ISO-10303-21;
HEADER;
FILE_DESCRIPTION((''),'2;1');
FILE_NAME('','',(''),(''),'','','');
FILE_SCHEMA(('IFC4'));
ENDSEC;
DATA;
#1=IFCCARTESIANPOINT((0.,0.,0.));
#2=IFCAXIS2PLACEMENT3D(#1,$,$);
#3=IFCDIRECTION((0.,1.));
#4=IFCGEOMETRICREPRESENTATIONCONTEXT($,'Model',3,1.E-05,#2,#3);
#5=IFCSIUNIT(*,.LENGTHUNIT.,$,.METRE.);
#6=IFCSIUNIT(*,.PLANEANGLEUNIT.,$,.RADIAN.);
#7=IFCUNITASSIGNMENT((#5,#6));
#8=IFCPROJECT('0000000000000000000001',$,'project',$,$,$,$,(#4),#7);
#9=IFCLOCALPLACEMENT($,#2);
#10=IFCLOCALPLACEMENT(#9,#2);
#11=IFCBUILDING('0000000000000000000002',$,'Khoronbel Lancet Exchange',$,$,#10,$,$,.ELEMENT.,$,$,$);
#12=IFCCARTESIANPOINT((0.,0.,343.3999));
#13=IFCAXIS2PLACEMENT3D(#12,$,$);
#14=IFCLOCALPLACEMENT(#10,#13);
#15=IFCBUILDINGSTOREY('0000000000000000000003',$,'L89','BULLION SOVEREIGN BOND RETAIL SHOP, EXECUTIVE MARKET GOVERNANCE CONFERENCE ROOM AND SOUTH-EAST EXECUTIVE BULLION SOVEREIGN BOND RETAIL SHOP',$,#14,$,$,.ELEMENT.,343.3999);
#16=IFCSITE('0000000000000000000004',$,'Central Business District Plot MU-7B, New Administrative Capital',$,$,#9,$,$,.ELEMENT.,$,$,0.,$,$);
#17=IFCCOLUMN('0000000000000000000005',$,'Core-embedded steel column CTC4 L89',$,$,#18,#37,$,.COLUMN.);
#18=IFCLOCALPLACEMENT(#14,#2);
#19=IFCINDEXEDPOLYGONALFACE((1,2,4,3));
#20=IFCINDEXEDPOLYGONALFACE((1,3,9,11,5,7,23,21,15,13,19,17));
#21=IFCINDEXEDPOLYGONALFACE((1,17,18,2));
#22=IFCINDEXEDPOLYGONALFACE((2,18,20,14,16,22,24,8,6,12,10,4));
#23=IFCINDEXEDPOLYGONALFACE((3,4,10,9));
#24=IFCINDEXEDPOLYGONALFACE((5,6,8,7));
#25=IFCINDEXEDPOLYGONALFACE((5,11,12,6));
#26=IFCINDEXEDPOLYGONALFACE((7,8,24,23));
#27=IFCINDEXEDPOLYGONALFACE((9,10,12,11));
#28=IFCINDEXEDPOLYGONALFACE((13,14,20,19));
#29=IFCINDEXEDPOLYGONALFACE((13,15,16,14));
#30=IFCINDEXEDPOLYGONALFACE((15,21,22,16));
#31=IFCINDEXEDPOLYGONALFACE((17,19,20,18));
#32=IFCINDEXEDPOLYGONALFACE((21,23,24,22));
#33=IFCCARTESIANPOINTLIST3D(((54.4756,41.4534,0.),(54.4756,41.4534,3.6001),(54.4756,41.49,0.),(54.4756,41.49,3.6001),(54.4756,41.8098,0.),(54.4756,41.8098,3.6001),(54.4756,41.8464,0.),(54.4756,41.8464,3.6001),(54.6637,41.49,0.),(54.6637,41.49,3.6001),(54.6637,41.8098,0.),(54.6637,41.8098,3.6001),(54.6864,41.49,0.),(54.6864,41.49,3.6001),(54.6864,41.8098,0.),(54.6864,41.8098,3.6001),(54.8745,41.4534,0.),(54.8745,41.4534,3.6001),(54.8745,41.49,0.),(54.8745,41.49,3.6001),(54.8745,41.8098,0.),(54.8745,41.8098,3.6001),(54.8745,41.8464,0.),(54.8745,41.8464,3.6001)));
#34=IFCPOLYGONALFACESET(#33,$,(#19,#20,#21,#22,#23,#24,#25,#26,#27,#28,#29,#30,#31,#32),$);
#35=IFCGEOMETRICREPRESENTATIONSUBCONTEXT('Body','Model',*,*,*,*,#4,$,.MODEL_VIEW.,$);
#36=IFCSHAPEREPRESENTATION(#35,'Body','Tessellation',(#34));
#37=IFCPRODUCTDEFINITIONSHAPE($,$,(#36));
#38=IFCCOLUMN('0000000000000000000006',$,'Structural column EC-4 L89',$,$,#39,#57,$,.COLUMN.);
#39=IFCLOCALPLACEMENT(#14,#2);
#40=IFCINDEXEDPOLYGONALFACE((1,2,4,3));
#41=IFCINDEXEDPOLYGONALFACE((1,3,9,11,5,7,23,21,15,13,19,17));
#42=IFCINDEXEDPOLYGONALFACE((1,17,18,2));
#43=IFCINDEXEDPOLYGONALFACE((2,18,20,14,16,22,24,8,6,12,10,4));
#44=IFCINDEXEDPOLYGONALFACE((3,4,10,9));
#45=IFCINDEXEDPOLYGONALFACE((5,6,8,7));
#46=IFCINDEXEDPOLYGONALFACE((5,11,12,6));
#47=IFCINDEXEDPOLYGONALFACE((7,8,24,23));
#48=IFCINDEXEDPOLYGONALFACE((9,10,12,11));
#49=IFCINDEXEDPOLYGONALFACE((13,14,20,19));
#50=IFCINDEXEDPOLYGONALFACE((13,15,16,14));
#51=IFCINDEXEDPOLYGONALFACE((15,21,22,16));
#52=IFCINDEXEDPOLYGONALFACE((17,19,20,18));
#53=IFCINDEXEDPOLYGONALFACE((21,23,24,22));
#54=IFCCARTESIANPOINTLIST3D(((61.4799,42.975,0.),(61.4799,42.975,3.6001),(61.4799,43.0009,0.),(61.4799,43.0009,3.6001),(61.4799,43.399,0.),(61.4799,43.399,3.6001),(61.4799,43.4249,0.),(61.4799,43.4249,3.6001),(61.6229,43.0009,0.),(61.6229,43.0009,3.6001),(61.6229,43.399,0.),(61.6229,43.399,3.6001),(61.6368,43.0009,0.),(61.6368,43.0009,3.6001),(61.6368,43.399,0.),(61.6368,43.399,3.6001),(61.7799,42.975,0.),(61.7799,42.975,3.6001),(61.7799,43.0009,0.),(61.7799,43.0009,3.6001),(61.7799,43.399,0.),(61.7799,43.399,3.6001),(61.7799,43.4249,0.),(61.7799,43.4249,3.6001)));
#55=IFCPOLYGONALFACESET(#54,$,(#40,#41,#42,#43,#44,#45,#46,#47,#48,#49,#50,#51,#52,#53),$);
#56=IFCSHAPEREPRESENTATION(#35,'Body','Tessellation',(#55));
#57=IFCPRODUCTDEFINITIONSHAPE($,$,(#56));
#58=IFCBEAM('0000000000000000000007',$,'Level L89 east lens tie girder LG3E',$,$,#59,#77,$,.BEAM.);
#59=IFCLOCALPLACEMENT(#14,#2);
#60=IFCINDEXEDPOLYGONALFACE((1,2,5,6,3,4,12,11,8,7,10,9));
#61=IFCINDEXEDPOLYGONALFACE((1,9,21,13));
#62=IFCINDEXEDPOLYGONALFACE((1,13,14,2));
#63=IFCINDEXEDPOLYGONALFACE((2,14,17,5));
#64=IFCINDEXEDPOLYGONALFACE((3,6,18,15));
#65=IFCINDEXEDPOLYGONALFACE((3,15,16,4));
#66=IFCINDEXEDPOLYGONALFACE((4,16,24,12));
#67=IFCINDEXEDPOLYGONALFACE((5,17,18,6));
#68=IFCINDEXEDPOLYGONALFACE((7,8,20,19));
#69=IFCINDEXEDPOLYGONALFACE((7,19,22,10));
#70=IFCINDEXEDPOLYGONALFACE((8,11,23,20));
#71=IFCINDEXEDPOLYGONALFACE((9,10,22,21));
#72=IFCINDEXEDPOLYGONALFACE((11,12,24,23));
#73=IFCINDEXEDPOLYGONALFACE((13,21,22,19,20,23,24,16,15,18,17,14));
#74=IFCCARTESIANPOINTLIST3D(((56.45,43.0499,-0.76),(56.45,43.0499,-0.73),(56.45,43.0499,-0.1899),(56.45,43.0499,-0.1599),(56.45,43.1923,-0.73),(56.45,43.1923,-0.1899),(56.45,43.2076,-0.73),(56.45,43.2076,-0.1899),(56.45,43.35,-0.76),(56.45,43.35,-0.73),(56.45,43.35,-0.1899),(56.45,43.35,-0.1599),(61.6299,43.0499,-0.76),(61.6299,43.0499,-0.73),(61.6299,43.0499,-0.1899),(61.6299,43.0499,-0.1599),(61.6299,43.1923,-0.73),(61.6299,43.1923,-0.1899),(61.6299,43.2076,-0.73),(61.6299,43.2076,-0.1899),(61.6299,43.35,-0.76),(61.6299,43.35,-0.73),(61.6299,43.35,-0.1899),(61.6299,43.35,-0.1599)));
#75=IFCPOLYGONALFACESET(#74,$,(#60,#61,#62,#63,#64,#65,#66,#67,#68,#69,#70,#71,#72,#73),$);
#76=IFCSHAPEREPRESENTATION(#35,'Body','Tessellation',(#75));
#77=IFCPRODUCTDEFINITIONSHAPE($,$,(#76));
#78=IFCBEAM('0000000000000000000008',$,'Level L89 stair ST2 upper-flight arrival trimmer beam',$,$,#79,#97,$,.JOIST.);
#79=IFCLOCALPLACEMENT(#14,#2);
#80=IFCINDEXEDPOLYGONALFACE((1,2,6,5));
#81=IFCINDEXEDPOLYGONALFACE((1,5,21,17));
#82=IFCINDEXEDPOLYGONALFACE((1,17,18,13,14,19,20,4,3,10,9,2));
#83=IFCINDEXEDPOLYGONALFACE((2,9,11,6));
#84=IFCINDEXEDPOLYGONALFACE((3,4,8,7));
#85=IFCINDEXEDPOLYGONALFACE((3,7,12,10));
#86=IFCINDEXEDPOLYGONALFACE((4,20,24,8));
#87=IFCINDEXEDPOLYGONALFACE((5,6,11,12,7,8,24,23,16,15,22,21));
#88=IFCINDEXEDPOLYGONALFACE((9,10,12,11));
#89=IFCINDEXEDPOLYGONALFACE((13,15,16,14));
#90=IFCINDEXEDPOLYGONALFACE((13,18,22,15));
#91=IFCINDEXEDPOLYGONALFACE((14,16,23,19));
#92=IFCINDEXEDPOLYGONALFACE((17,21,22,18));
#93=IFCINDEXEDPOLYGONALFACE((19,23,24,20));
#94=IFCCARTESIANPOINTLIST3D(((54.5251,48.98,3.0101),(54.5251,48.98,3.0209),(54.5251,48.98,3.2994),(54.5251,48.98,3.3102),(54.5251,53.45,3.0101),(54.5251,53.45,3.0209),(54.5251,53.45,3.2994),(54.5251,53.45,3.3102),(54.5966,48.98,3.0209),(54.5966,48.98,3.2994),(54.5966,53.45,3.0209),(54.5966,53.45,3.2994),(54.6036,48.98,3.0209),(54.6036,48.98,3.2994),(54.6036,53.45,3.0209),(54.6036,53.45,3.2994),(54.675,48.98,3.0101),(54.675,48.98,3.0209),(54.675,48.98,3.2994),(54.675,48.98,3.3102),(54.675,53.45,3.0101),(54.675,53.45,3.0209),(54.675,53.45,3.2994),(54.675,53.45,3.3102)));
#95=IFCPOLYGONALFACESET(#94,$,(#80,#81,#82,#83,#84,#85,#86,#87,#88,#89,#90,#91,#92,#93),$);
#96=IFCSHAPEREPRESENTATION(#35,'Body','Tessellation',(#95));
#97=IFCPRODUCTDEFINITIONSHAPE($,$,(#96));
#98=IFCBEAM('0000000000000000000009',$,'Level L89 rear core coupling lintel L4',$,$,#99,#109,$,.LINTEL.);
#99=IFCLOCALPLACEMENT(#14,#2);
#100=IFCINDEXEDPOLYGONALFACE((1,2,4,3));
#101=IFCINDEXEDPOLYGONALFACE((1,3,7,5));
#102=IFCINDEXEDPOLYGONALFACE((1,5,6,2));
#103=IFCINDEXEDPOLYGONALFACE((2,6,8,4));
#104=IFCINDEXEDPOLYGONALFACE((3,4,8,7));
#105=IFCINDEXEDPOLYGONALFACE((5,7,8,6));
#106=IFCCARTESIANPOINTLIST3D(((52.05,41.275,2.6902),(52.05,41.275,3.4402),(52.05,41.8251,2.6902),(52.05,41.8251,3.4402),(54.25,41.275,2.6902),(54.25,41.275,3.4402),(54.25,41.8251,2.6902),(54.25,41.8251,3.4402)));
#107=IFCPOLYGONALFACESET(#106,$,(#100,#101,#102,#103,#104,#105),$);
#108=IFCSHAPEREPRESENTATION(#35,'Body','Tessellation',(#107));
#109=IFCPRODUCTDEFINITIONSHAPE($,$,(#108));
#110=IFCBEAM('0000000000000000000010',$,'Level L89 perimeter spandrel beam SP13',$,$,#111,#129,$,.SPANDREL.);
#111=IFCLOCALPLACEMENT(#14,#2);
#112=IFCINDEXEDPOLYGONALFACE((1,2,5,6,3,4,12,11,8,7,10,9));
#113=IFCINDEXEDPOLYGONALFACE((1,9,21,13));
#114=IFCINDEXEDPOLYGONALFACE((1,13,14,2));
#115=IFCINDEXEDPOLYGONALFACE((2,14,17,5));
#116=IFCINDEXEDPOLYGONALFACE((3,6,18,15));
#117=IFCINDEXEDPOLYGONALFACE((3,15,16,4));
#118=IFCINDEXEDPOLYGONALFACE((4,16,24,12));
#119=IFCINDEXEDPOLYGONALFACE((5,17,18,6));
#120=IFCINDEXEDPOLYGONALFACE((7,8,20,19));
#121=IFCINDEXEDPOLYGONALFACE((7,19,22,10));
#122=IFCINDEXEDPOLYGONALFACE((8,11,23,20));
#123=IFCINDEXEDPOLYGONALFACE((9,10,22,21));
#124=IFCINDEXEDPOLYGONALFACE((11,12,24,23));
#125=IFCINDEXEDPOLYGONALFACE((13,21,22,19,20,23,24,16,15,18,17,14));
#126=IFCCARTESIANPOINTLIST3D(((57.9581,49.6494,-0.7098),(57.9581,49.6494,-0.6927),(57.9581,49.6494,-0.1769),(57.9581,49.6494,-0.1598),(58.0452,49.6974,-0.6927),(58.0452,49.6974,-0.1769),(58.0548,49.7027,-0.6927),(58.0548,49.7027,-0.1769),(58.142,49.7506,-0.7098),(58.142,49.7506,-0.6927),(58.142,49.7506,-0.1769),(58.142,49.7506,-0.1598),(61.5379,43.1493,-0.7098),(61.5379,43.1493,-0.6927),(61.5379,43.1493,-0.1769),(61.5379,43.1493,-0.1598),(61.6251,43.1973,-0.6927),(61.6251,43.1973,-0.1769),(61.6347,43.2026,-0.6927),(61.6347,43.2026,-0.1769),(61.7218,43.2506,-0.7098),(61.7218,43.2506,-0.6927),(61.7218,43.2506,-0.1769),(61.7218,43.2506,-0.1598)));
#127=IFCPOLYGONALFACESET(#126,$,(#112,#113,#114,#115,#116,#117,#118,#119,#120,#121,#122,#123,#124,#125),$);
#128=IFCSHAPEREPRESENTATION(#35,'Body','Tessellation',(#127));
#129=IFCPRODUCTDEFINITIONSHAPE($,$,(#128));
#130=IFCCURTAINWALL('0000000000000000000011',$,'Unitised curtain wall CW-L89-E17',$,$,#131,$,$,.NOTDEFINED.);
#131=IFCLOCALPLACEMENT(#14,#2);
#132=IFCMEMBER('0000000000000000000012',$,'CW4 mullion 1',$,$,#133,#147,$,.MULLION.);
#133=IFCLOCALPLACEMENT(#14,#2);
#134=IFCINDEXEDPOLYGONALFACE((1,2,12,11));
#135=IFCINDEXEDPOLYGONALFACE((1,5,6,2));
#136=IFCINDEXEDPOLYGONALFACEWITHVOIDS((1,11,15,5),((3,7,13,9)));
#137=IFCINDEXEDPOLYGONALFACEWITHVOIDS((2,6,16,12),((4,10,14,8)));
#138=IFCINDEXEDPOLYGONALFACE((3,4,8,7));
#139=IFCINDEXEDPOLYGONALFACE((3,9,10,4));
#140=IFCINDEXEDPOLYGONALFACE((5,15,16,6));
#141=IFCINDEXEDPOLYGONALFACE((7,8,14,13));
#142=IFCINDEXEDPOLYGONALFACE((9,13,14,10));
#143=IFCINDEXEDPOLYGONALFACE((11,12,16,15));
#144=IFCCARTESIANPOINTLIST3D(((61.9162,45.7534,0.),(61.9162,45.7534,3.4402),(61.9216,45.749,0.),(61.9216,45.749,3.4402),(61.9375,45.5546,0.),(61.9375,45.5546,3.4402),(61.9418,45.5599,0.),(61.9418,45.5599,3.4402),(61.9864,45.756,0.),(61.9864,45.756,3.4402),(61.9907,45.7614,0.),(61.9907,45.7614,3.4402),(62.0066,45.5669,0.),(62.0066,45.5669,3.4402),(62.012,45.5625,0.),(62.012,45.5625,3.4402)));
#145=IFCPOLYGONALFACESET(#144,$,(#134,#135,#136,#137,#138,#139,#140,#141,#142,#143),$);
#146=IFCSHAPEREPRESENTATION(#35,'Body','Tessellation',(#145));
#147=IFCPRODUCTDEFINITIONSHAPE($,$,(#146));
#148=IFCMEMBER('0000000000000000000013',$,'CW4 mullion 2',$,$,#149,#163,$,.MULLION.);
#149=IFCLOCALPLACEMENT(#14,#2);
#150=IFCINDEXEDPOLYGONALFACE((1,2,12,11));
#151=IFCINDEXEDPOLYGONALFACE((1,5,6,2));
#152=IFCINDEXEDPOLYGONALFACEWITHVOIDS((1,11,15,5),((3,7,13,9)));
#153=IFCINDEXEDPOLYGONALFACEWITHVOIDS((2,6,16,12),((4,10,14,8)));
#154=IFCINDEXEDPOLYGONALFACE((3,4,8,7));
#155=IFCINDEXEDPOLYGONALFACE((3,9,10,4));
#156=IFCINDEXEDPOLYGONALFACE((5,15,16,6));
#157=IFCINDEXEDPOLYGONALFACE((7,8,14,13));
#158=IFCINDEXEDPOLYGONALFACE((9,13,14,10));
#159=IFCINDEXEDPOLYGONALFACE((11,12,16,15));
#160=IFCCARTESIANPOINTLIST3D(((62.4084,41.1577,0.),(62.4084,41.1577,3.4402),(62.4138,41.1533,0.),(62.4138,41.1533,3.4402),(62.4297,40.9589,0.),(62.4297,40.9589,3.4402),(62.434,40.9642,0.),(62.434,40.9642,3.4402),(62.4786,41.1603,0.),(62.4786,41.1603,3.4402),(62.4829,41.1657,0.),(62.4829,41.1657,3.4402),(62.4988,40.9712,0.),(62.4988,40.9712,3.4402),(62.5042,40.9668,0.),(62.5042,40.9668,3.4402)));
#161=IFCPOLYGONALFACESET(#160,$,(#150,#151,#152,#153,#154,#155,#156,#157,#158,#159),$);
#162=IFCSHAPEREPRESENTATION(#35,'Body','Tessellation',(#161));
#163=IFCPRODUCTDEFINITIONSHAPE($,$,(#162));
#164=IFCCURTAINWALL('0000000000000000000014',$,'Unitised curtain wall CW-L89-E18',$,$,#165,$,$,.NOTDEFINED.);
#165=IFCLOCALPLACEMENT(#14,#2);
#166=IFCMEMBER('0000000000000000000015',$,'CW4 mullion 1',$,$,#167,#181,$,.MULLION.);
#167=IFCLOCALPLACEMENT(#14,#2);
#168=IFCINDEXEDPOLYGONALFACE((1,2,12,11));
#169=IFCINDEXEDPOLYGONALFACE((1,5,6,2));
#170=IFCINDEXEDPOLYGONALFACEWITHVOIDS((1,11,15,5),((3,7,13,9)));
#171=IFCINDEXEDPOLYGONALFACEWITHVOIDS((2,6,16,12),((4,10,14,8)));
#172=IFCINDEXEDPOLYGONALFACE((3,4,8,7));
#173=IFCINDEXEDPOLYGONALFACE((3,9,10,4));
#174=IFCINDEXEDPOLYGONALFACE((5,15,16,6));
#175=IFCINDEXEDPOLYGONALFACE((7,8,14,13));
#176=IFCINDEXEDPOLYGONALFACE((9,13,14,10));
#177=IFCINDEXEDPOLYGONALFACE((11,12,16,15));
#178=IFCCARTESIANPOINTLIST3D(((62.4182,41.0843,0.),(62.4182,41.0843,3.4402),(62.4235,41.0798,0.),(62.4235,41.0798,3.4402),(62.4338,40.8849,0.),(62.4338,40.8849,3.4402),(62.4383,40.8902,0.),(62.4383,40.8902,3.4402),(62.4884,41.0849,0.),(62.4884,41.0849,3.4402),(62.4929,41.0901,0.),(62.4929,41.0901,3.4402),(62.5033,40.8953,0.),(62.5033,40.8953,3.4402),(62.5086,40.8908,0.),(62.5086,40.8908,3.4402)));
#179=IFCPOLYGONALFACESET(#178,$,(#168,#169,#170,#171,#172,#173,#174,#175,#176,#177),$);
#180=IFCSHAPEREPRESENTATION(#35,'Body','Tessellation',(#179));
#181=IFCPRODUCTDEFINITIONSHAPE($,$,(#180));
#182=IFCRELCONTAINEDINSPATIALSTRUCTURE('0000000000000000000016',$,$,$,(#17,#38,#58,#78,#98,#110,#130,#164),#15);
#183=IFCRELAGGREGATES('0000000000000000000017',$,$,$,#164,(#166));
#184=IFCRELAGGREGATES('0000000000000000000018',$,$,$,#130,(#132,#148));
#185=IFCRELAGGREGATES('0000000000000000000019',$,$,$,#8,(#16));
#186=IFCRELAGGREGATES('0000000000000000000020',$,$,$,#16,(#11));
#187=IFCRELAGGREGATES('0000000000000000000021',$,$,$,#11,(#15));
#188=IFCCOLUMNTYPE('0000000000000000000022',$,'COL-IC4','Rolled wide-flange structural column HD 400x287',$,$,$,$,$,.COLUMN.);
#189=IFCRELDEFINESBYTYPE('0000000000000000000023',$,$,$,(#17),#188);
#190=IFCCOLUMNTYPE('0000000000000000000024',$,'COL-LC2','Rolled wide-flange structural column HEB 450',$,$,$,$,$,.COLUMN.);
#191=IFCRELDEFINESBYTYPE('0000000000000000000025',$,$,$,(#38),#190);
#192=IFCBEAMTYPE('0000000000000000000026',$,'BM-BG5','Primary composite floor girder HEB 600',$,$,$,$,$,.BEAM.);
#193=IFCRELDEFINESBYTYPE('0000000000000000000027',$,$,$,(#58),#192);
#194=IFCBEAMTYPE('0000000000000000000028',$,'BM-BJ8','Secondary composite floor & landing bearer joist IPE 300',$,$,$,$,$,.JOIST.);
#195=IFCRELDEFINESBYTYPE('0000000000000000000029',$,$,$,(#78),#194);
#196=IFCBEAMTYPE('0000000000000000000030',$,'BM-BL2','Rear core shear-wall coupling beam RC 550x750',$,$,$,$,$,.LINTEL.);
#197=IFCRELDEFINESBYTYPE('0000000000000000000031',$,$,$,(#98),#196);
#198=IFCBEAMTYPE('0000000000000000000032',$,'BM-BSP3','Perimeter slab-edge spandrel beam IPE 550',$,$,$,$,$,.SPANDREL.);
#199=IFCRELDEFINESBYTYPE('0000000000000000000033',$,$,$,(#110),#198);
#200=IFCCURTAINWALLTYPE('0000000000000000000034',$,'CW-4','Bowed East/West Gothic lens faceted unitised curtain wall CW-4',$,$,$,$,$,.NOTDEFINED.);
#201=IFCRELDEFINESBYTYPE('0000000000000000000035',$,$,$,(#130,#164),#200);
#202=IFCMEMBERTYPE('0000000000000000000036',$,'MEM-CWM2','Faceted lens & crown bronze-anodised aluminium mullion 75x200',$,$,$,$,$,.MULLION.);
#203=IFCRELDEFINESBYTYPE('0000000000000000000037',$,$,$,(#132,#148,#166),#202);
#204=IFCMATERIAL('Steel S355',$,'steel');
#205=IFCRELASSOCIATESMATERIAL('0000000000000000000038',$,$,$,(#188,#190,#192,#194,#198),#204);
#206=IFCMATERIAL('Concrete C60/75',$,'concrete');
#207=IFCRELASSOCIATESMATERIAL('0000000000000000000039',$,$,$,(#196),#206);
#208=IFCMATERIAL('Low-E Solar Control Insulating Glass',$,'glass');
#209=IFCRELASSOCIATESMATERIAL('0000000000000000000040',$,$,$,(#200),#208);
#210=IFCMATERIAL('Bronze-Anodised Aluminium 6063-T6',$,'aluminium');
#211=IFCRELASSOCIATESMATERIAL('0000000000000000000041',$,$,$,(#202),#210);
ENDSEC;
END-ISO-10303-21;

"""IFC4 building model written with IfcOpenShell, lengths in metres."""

from ifc_helpers import new_model, si_unit, direction, frame, origin, origin_2d, place, context, subcontext, project, spatial, rectangle, hollow_rectangle, i_section, extrude, material, material_profile, profile_set, type_object, element, aggregate, save


model = new_model("IFC4")

# Units and contexts
model_context = context("Model", 3, precision=1e-05, world=origin(), true_north=direction((0.0, 1.0)))
body_context = subcontext(model_context, "Body", "Model", "MODEL_VIEW")
ifc_project = project(units=[si_unit("LENGTHUNIT", "METRE"), si_unit("PLANEANGLEUNIT", "RADIAN")], contexts=[model_context])

# Site, building, storey
site_placement = place(None, origin())
site = spatial("IfcSite", under=ifc_project, at=site_placement, Name="Central Business District Plot MU-7B, New Administrative Capital", CompositionType="ELEMENT", RefElevation=0.0)
building_placement = place(site_placement, origin())
building = spatial("IfcBuilding", under=site, at=building_placement, Name="Khoronbel Lancet Exchange", CompositionType="ELEMENT")
storey_placement = place(building_placement, frame((0.0, 0.0, 343.3999)))
storey = spatial("IfcBuildingStorey", under=building, at=storey_placement, Name="L89", Description="BULLION SOVEREIGN BOND RETAIL SHOP, EXECUTIVE MARKET GOVERNANCE CONFERENCE ROOM AND SOUTH-EAST EXECUTIVE BULLION SOVEREIGN BOND RETAIL SHOP", CompositionType="ELEMENT", Elevation=343.3999)

# Columns
ifc_material_1 = material(Name="Steel S355", Category="steel")
ifc_material_profile_1 = material_profile(ifc_material_1, i_section(OverallWidth=0.3989, OverallDepth=0.3931, WebThickness=0.0227, FlangeThickness=0.0366, at=origin_2d()), Name="HD 400x287")
ifc_profile_set_1 = profile_set([ifc_material_profile_1], Name="Steel S355")
column_type_1 = type_object("IfcColumnType", Name="COL-IC4", Description="Rolled wide-flange structural column HD 400x287", PredefinedType="COLUMN", material=ifc_profile_set_1)
column_1_placement = place(storey_placement, frame((54.675, 41.6499, 0.0), z_axis=(0.0, 0.0, 1.0), x_axis=(1.0, 0.0, 0.0)))
element("IfcColumn", 1, at=column_1_placement, inside=storey, type_object=column_type_1, Name="Core-embedded steel column CTC4 L89", PredefinedType="COLUMN", context=body_context, shape_type="SweptSolid", body=[
    extrude(i_section(OverallWidth=0.3989, OverallDepth=0.3931, WebThickness=0.0227, FlangeThickness=0.0366, at=origin_2d()), origin(), (0.0, 0.0, 1.0), 3.6001),
])
ifc_material_profile_2 = material_profile(ifc_material_1, i_section(OverallWidth=0.3, OverallDepth=0.45, WebThickness=0.0139, FlangeThickness=0.0259, at=origin_2d()), Name="HEB 450")
ifc_profile_set_2 = profile_set([ifc_material_profile_2], Name="Steel S355")
column_type_2 = type_object("IfcColumnType", Name="COL-LC2", Description="Rolled wide-flange structural column HEB 450", PredefinedType="COLUMN", material=ifc_profile_set_2)
column_2_placement = place(storey_placement, frame((61.6299, 43.2, 0.0), z_axis=(0.0, 0.0, 1.0), x_axis=(1.0, 0.0, 0.0)))
element("IfcColumn", 2, at=column_2_placement, inside=storey, type_object=column_type_2, Name="Structural column EC-4 L89", PredefinedType="COLUMN", context=body_context, shape_type="SweptSolid", body=[
    extrude(i_section(OverallWidth=0.3, OverallDepth=0.45, WebThickness=0.0139, FlangeThickness=0.0259, at=origin_2d()), origin(), (0.0, 0.0, 1.0), 3.6001),
])

# Beams
ifc_material_profile_3 = material_profile(ifc_material_1, i_section(OverallWidth=0.3, OverallDepth=0.6001, WebThickness=0.0154, FlangeThickness=0.03, at=origin_2d()), Name="HEB 600")
ifc_profile_set_3 = profile_set([ifc_material_profile_3], Name="Steel S355")
beam_type_1 = type_object("IfcBeamType", Name="BM-BG5", Description="Primary composite floor girder HEB 600", PredefinedType="BEAM", material=ifc_profile_set_3)
beam_1_placement = place(storey_placement, frame((56.45, 43.2, -0.46), z_axis=(1.0, 0.0, 0.0), x_axis=(0.0, 1.0, 0.0)))
element("IfcBeam", 3, at=beam_1_placement, inside=storey, type_object=beam_type_1, Name="Level L89 east lens tie girder LG3E", PredefinedType="BEAM", context=body_context, shape_type="SweptSolid", body=[
    extrude(i_section(OverallWidth=0.3, OverallDepth=0.6001, WebThickness=0.0154, FlangeThickness=0.03, at=origin_2d()), origin(), (0.0, 0.0, 1.0), 5.1799),
])
ifc_material_profile_4 = material_profile(ifc_material_1, i_section(OverallWidth=0.1499, OverallDepth=0.3, WebThickness=0.0071, FlangeThickness=0.0107, at=origin_2d()), Name="IPE 300")
ifc_profile_set_4 = profile_set([ifc_material_profile_4], Name="Steel S355")
beam_type_2 = type_object("IfcBeamType", Name="BM-BJ8", Description="Secondary composite floor & landing bearer joist IPE 300", PredefinedType="JOIST", material=ifc_profile_set_4)
beam_2_placement = place(storey_placement, frame((54.6001, 48.98, 3.1602), z_axis=(0.0, 1.0, 0.0), x_axis=(-1.0, 0.0, 0.0)))
element("IfcBeam", 4, at=beam_2_placement, inside=storey, type_object=beam_type_2, Name="Level L89 stair ST2 upper-flight arrival trimmer beam", PredefinedType="JOIST", context=body_context, shape_type="SweptSolid", body=[
    extrude(i_section(OverallWidth=0.1499, OverallDepth=0.3, WebThickness=0.0071, FlangeThickness=0.0107, at=origin_2d()), origin(), (0.0, 0.0, 1.0), 4.47),
])
ifc_material_2 = material(Name="Concrete C60/75", Category="concrete")
ifc_material_profile_5 = material_profile(ifc_material_2, rectangle(XDim=0.55, YDim=0.75, at=origin_2d()), Name="RC 550x750")
ifc_profile_set_5 = profile_set([ifc_material_profile_5], Name="Concrete C60/75")
beam_type_3 = type_object("IfcBeamType", Name="BM-BL2", Description="Rear core shear-wall coupling beam RC 550x750", PredefinedType="LINTEL", material=ifc_profile_set_5)
beam_3_placement = place(storey_placement, frame((52.05, 41.55, 3.0652), z_axis=(1.0, 0.0, 0.0), x_axis=(0.0, 1.0, 0.0)))
element("IfcBeam", 5, at=beam_3_placement, inside=storey, type_object=beam_type_3, Name="Level L89 rear core coupling lintel L4", PredefinedType="LINTEL", context=body_context, shape_type="SweptSolid", body=[
    extrude(rectangle(XDim=0.55, YDim=0.75, at=origin_2d()), origin(), (0.0, 0.0, 1.0), 2.2),
])
ifc_material_profile_6 = material_profile(ifc_material_1, i_section(OverallWidth=0.21, OverallDepth=0.55, WebThickness=0.011, FlangeThickness=0.0171, at=origin_2d()), Name="IPE 550")
ifc_profile_set_6 = profile_set([ifc_material_profile_6], Name="Steel S355")
beam_type_4 = type_object("IfcBeamType", Name="BM-BSP3", Description="Perimeter slab-edge spandrel beam IPE 550", PredefinedType="SPANDREL", material=ifc_profile_set_6)
beam_4_placement = place(storey_placement, frame((61.6299, 43.2, -0.4348), z_axis=(-0.482419, 0.875941, 0.0), x_axis=(-0.875941, -0.482419, 0.0)))
element("IfcBeam", 6, at=beam_4_placement, inside=storey, type_object=beam_type_4, Name="Level L89 perimeter spandrel beam SP13", PredefinedType="SPANDREL", context=body_context, shape_type="SweptSolid", body=[
    extrude(i_section(OverallWidth=0.21, OverallDepth=0.55, WebThickness=0.011, FlangeThickness=0.0171, at=origin_2d()), origin(), (0.0, 0.0, 1.0), 7.4207),
])

# Curtain wall, members
ifc_material_3 = material(Name="Low-E Solar Control Insulating Glass", Category="glass")
curtain_wall_type = type_object("IfcCurtainWallType", Name="CW-4", Description="Bowed East/West Gothic lens faceted unitised curtain wall CW-4", PredefinedType="NOTDEFINED", material=ifc_material_3)
curtain_wall_1_placement = place(storey_placement, origin())
curtain_wall_1 = element("IfcCurtainWall", 7, at=curtain_wall_1_placement, inside=storey, type_object=curtain_wall_type, Name="Unitised curtain wall CW-L89-E17", PredefinedType="NOTDEFINED")
ifc_material_4 = material(Name="Bronze-Anodised Aluminium 6063-T6", Category="aluminium")
ifc_material_profile_7 = material_profile(ifc_material_4, hollow_rectangle(XDim=0.075, YDim=0.2, WallThickness=0.0049, at=origin_2d()), Name="ALU MULLION 75x200")
ifc_profile_set_7 = profile_set([ifc_material_profile_7], Name="Bronze-Anodised Aluminium 6063-T6")
member_type_1 = type_object("IfcMemberType", Name="MEM-CWM2", Description="Faceted lens & crown bronze-anodised aluminium mullion 75x200", PredefinedType="MULLION", material=ifc_profile_set_7)
member_1_placement = place(storey_placement, frame((61.9641, 45.658, 0.0), z_axis=(0.0, 0.0, 1.0), x_axis=(0.994309, 0.106538, 0.0)))
member_1 = element("IfcMember", 8, at=member_1_placement, type_object=member_type_1, Name="CW4 mullion 1", PredefinedType="MULLION", context=body_context, shape_type="SweptSolid", body=[
    extrude(hollow_rectangle(XDim=0.075, YDim=0.2, WallThickness=0.0049, at=origin_2d()), origin(), (0.0, 0.0, 1.0), 3.4402),
])
member_2_placement = place(storey_placement, frame((62.4563, 41.0623, 0.0), z_axis=(0.0, 0.0, 1.0), x_axis=(0.994309, 0.106538, 0.0)))
member_2 = element("IfcMember", 9, at=member_2_placement, type_object=member_type_1, Name="CW4 mullion 2", PredefinedType="MULLION", context=body_context, shape_type="SweptSolid", body=[
    extrude(hollow_rectangle(XDim=0.075, YDim=0.2, WallThickness=0.0049, at=origin_2d()), origin(), (0.0, 0.0, 1.0), 3.4402),
])

# Curtain wall, member
curtain_wall_2_placement = place(storey_placement, origin())
curtain_wall_2 = element("IfcCurtainWall", 10, at=curtain_wall_2_placement, inside=storey, type_object=curtain_wall_type, Name="Unitised curtain wall CW-L89-E18", PredefinedType="NOTDEFINED")
member_3_placement = place(storey_placement, frame((62.4634, 40.9875, 0.0), z_axis=(0.0, 0.0, 1.0), x_axis=(0.996939, 0.078184, 0.0)))
member_3 = element("IfcMember", 11, at=member_3_placement, type_object=member_type_1, Name="CW4 mullion 1", PredefinedType="MULLION", context=body_context, shape_type="SweptSolid", body=[
    extrude(hollow_rectangle(XDim=0.075, YDim=0.2, WallThickness=0.0049, at=origin_2d()), origin(), (0.0, 0.0, 1.0), 3.4402),
])

aggregate(curtain_wall_2, [member_3])
aggregate(curtain_wall_1, [member_1, member_2])

save(model, "model.ifc")
